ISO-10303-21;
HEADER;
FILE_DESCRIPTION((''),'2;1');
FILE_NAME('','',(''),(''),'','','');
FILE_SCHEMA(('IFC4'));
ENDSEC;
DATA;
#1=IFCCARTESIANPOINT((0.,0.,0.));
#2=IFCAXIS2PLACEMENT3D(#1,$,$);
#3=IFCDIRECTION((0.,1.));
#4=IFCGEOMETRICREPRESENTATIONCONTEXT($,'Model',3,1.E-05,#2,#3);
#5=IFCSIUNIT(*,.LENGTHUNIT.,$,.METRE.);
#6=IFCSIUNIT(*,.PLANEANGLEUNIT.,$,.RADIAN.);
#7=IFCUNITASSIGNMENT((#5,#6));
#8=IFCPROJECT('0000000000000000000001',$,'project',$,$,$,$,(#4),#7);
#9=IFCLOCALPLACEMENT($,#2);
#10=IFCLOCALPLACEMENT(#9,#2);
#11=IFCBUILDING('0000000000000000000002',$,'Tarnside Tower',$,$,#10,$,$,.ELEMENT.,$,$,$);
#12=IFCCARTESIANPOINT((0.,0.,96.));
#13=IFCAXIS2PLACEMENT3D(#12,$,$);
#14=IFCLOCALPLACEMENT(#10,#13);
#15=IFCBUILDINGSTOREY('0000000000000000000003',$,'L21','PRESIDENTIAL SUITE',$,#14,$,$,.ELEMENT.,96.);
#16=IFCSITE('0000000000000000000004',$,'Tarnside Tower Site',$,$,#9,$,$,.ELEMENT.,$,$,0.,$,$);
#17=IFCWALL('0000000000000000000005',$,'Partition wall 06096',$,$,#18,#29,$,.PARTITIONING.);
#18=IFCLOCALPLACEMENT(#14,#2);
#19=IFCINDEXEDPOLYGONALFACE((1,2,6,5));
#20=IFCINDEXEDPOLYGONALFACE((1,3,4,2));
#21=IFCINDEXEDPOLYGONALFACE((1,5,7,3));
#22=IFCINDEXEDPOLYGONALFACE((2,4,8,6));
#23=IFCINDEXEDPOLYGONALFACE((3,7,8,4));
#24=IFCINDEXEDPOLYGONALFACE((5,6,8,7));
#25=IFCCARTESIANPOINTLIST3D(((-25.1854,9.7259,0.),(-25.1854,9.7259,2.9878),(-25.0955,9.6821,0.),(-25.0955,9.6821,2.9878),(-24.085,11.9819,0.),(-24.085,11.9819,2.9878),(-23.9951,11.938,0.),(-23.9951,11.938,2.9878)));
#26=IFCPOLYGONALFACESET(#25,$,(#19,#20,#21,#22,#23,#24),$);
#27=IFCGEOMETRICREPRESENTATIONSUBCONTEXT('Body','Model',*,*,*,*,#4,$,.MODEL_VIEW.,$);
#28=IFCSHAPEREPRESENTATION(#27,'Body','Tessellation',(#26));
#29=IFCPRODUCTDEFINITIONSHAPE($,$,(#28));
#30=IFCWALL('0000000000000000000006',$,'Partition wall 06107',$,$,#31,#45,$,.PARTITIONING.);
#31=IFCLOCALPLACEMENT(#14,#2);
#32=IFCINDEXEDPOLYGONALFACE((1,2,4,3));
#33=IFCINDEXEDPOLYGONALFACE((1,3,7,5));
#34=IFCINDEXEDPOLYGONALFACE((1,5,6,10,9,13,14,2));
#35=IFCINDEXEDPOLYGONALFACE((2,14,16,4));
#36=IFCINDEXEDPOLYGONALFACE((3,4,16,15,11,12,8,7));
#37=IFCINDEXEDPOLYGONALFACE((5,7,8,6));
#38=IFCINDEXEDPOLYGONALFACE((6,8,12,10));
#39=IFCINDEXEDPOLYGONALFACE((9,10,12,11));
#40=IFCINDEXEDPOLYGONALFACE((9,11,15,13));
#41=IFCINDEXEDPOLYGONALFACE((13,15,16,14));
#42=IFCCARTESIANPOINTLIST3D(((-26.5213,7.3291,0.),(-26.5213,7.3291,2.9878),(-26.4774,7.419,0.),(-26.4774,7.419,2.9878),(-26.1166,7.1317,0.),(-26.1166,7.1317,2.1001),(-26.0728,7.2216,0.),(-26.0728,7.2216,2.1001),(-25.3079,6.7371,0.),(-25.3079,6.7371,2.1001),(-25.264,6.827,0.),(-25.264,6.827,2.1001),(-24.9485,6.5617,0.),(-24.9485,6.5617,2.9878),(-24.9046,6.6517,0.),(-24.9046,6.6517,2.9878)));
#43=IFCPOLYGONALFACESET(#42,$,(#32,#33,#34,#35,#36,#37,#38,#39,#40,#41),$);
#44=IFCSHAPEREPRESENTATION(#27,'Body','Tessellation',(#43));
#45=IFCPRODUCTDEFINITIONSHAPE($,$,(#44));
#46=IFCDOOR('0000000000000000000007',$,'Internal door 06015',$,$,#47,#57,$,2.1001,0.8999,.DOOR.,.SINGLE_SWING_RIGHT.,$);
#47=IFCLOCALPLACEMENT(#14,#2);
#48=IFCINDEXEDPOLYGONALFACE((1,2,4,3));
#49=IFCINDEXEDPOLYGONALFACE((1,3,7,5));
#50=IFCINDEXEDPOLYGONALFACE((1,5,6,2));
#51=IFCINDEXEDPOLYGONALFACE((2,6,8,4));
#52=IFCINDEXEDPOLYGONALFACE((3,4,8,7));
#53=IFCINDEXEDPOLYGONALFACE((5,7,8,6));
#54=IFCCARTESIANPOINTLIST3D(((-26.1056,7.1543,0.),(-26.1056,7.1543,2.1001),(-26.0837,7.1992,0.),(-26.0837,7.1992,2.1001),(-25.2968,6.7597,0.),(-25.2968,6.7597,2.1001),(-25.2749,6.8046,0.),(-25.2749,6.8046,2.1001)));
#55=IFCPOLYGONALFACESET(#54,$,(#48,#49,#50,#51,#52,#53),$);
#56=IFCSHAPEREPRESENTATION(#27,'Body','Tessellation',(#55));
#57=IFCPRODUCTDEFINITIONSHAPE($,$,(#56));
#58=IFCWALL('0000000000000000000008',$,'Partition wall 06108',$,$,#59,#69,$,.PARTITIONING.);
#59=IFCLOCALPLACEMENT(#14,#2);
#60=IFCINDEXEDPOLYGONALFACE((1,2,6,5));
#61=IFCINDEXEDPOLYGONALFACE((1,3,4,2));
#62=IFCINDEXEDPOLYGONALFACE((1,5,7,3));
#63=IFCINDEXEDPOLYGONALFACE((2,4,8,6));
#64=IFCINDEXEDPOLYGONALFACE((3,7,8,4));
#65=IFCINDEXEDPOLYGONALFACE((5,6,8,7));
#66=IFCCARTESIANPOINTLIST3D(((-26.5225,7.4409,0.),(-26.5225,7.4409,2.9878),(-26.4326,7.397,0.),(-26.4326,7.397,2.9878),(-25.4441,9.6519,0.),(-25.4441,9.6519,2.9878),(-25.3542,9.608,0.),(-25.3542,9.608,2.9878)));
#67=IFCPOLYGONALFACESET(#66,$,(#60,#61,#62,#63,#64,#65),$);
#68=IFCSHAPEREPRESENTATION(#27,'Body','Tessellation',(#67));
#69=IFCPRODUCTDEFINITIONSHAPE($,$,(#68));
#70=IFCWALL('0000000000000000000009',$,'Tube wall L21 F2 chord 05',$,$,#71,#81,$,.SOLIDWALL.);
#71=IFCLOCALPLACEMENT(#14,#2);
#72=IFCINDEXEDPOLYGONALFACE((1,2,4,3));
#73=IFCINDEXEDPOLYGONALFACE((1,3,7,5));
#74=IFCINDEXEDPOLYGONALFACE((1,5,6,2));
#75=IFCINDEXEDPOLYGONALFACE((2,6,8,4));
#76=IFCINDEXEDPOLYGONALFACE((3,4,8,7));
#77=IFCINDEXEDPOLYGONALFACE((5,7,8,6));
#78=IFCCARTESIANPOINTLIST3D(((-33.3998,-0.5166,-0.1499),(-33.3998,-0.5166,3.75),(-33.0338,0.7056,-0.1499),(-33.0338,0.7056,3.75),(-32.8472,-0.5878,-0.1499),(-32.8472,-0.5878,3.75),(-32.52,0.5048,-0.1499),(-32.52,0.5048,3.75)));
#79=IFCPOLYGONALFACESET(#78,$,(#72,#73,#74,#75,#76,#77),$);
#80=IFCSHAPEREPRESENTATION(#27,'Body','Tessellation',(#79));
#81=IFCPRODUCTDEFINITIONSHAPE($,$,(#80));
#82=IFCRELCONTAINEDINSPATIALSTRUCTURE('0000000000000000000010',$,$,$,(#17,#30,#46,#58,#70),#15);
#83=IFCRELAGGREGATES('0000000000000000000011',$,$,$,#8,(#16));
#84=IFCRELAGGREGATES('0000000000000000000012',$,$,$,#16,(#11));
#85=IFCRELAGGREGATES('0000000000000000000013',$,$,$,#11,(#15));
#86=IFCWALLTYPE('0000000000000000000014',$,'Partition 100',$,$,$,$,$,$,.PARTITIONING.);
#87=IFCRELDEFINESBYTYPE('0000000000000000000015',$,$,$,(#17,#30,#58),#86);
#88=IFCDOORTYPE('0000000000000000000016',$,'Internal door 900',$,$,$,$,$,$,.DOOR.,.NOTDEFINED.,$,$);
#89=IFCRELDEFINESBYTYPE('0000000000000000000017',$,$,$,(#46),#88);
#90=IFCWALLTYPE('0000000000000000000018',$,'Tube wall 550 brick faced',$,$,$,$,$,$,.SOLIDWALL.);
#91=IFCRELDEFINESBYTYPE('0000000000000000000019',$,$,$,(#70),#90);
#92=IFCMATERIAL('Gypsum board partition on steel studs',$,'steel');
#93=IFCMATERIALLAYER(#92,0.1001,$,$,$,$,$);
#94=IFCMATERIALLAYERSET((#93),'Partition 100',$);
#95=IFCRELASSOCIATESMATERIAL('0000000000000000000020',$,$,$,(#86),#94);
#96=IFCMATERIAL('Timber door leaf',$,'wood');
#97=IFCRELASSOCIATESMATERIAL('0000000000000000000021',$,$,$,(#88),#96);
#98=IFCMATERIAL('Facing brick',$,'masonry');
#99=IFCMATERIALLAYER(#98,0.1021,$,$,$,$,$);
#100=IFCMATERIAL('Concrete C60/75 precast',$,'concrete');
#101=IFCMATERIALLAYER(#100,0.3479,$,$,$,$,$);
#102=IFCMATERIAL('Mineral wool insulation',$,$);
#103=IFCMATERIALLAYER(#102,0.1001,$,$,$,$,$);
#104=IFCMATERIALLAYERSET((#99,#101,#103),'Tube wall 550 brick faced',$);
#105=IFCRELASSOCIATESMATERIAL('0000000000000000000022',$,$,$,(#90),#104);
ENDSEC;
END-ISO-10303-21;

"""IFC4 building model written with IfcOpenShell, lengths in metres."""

from ifc_helpers import new_model, si_unit, direction, frame, frame_2d, origin, place, context, subcontext, project, spatial, polyline, rectangle, outline, extrude, material, layer, layer_set, type_object, element, fill, save


model = new_model("IFC4")

# Units and contexts
model_context = context("Model", 3, precision=1e-05, world=origin(), true_north=direction((0.0, 1.0)))
body_context = subcontext(model_context, "Body", "Model", "MODEL_VIEW")
ifc_project = project(units=[si_unit("LENGTHUNIT", "METRE"), si_unit("PLANEANGLEUNIT", "RADIAN")], contexts=[model_context])

# Site, building, storey
site_placement = place(None, origin())
site = spatial("IfcSite", under=ifc_project, at=site_placement, Name="Tarnside Tower Site", CompositionType="ELEMENT", RefElevation=0.0)
building_placement = place(site_placement, origin())
building = spatial("IfcBuilding", under=site, at=building_placement, Name="Tarnside Tower", CompositionType="ELEMENT")
storey_placement = place(building_placement, frame((0.0, 0.0, 96.0)))
storey = spatial("IfcBuildingStorey", under=building, at=storey_placement, Name="L21", Description="PRESIDENTIAL SUITE", CompositionType="ELEMENT", Elevation=96.0)

# Shared definitions
ifc_material_1 = material(Name="Gypsum board partition on steel studs", Category="steel")
ifc_material_2 = material(Name="Timber door leaf", Category="wood")

# Wall
ifc_layer_1 = layer(ifc_material_1, 0.1001)
ifc_layer_set_1 = layer_set([ifc_layer_1], Name="Partition 100")
wall_type_1 = type_object("IfcWallType", Name="Partition 100", PredefinedType="PARTITIONING", material=ifc_layer_set_1)
wall_1_placement = place(storey_placement, frame((-25.1404, 9.7041, 0.0), z_axis=(0.0, 0.0, 1.0), x_axis=(0.438399, 0.898781, 0.0)))
element("IfcWall", 1, at=wall_1_placement, inside=storey, type_object=wall_type_1, Name="Partition wall 06096", PredefinedType="PARTITIONING", context=body_context, shape_type="SweptSolid", body=[
    extrude(rectangle(XDim=2.51, YDim=0.1001, at=frame_2d((1.2549, 0.0))), origin(), (0.0, 0.0, 1.0), 2.9878),
])

# Wall, opening, door
wall_2_placement = place(storey_placement, frame((-24.9265, 6.6067, 0.0), z_axis=(0.0, 0.0, 1.0), x_axis=(-0.898738, 0.438487, 0.0)))
wall_2 = element("IfcWall", 2, at=wall_2_placement, inside=storey, type_object=wall_type_1, Name="Partition wall 06107", PredefinedType="PARTITIONING", context=body_context, shape_type="SweptSolid", body=[
    extrude(rectangle(XDim=1.75, YDim=0.1001, at=frame_2d((0.875, 0.0))), origin(), (0.0, 0.0, 1.0), 2.9878),
])
opening_1_placement = place(wall_2_placement, frame((0.3999, 0.0, 0.0)))
opening_1 = element("IfcOpeningElement", 3, at=opening_1_placement, cuts=wall_2, PredefinedType="OPENING", context=body_context, shape_type="SweptSolid", body=[
    extrude(rectangle(XDim=0.8999, YDim=2.1001, at=frame_2d((0.45, 1.05))), frame((0.0, 0.0601, 0.0), z_axis=(0.0, -1.0, 0.0), x_axis=(1.0, 0.0, 0.0)), (0.0, 0.0, 1.0), 0.1201),
])
door_type_1 = type_object("IfcDoorType", Name="Internal door 900", OperationType="NOTDEFINED", PredefinedType="DOOR", material=ifc_material_2)
door_1_placement = place(opening_1_placement, origin())
door_1 = element("IfcDoor", 4, at=door_1_placement, inside=storey, type_object=door_type_1, Name="Internal door 06015", OperationType="SINGLE_SWING_RIGHT", OverallHeight=2.1001, OverallWidth=0.8999, PredefinedType="DOOR", context=body_context, shape_type="SweptSolid", body=[
    extrude(rectangle(XDim=0.8999, YDim=2.1001, at=frame_2d((0.45, 1.05))), frame((0.0, 0.0249, 0.0), z_axis=(0.0, -1.0, 0.0), x_axis=(1.0, 0.0, 0.0)), (0.0, 0.0, 1.0), 0.05),
])
fill(opening_1, door_1)

# Walls
wall_3_placement = place(storey_placement, frame((-26.4775, 7.4189, 0.0), z_axis=(0.0, 0.0, 1.0), x_axis=(0.438379, 0.89879, 0.0)))
element("IfcWall", 5, at=wall_3_placement, inside=storey, type_object=wall_type_1, Name="Partition wall 06108", PredefinedType="PARTITIONING", context=body_context, shape_type="SweptSolid", body=[
    extrude(rectangle(XDim=2.46, YDim=0.1001, at=frame_2d((1.23, 0.0))), origin(), (0.0, 0.0, 1.0), 2.9878),
])
ifc_material_3 = material(Name="Facing brick", Category="masonry")
ifc_layer_2 = layer(ifc_material_3, 0.1021)
ifc_material_4 = material(Name="Concrete C60/75 precast", Category="concrete")
ifc_layer_3 = layer(ifc_material_4, 0.3479)
ifc_material_5 = material(Name="Mineral wool insulation")
ifc_layer_4 = layer(ifc_material_5, 0.1001)
ifc_layer_set_2 = layer_set([ifc_layer_2, ifc_layer_3, ifc_layer_4], Name="Tube wall 550 brick faced")
wall_type_2 = type_object("IfcWallType", Name="Tube wall 550 brick faced", PredefinedType="SOLIDWALL", material=ifc_layer_set_2)
wall_4_placement = place(storey_placement, frame((-32.7769, 0.6052, -0.1499), z_axis=(0.0, 0.0, 1.0), x_axis=(-0.286921, -0.957954, 0.0)))
element("IfcWall", 6, at=wall_4_placement, inside=storey, type_object=wall_type_2, Name="Tube wall L21 F2 chord 05", PredefinedType="SOLIDWALL", context=body_context, shape_type="SweptSolid", body=[
    extrude(outline(polyline([(-0.0225, -0.2749), (1.2534, -0.2749), (1.1631, 0.2749), (0.0225, 0.2749), (-0.0225, -0.2749)])), origin(), (0.0, 0.0, 1.0), 3.8999),
])

save(model, "model.ifc")
